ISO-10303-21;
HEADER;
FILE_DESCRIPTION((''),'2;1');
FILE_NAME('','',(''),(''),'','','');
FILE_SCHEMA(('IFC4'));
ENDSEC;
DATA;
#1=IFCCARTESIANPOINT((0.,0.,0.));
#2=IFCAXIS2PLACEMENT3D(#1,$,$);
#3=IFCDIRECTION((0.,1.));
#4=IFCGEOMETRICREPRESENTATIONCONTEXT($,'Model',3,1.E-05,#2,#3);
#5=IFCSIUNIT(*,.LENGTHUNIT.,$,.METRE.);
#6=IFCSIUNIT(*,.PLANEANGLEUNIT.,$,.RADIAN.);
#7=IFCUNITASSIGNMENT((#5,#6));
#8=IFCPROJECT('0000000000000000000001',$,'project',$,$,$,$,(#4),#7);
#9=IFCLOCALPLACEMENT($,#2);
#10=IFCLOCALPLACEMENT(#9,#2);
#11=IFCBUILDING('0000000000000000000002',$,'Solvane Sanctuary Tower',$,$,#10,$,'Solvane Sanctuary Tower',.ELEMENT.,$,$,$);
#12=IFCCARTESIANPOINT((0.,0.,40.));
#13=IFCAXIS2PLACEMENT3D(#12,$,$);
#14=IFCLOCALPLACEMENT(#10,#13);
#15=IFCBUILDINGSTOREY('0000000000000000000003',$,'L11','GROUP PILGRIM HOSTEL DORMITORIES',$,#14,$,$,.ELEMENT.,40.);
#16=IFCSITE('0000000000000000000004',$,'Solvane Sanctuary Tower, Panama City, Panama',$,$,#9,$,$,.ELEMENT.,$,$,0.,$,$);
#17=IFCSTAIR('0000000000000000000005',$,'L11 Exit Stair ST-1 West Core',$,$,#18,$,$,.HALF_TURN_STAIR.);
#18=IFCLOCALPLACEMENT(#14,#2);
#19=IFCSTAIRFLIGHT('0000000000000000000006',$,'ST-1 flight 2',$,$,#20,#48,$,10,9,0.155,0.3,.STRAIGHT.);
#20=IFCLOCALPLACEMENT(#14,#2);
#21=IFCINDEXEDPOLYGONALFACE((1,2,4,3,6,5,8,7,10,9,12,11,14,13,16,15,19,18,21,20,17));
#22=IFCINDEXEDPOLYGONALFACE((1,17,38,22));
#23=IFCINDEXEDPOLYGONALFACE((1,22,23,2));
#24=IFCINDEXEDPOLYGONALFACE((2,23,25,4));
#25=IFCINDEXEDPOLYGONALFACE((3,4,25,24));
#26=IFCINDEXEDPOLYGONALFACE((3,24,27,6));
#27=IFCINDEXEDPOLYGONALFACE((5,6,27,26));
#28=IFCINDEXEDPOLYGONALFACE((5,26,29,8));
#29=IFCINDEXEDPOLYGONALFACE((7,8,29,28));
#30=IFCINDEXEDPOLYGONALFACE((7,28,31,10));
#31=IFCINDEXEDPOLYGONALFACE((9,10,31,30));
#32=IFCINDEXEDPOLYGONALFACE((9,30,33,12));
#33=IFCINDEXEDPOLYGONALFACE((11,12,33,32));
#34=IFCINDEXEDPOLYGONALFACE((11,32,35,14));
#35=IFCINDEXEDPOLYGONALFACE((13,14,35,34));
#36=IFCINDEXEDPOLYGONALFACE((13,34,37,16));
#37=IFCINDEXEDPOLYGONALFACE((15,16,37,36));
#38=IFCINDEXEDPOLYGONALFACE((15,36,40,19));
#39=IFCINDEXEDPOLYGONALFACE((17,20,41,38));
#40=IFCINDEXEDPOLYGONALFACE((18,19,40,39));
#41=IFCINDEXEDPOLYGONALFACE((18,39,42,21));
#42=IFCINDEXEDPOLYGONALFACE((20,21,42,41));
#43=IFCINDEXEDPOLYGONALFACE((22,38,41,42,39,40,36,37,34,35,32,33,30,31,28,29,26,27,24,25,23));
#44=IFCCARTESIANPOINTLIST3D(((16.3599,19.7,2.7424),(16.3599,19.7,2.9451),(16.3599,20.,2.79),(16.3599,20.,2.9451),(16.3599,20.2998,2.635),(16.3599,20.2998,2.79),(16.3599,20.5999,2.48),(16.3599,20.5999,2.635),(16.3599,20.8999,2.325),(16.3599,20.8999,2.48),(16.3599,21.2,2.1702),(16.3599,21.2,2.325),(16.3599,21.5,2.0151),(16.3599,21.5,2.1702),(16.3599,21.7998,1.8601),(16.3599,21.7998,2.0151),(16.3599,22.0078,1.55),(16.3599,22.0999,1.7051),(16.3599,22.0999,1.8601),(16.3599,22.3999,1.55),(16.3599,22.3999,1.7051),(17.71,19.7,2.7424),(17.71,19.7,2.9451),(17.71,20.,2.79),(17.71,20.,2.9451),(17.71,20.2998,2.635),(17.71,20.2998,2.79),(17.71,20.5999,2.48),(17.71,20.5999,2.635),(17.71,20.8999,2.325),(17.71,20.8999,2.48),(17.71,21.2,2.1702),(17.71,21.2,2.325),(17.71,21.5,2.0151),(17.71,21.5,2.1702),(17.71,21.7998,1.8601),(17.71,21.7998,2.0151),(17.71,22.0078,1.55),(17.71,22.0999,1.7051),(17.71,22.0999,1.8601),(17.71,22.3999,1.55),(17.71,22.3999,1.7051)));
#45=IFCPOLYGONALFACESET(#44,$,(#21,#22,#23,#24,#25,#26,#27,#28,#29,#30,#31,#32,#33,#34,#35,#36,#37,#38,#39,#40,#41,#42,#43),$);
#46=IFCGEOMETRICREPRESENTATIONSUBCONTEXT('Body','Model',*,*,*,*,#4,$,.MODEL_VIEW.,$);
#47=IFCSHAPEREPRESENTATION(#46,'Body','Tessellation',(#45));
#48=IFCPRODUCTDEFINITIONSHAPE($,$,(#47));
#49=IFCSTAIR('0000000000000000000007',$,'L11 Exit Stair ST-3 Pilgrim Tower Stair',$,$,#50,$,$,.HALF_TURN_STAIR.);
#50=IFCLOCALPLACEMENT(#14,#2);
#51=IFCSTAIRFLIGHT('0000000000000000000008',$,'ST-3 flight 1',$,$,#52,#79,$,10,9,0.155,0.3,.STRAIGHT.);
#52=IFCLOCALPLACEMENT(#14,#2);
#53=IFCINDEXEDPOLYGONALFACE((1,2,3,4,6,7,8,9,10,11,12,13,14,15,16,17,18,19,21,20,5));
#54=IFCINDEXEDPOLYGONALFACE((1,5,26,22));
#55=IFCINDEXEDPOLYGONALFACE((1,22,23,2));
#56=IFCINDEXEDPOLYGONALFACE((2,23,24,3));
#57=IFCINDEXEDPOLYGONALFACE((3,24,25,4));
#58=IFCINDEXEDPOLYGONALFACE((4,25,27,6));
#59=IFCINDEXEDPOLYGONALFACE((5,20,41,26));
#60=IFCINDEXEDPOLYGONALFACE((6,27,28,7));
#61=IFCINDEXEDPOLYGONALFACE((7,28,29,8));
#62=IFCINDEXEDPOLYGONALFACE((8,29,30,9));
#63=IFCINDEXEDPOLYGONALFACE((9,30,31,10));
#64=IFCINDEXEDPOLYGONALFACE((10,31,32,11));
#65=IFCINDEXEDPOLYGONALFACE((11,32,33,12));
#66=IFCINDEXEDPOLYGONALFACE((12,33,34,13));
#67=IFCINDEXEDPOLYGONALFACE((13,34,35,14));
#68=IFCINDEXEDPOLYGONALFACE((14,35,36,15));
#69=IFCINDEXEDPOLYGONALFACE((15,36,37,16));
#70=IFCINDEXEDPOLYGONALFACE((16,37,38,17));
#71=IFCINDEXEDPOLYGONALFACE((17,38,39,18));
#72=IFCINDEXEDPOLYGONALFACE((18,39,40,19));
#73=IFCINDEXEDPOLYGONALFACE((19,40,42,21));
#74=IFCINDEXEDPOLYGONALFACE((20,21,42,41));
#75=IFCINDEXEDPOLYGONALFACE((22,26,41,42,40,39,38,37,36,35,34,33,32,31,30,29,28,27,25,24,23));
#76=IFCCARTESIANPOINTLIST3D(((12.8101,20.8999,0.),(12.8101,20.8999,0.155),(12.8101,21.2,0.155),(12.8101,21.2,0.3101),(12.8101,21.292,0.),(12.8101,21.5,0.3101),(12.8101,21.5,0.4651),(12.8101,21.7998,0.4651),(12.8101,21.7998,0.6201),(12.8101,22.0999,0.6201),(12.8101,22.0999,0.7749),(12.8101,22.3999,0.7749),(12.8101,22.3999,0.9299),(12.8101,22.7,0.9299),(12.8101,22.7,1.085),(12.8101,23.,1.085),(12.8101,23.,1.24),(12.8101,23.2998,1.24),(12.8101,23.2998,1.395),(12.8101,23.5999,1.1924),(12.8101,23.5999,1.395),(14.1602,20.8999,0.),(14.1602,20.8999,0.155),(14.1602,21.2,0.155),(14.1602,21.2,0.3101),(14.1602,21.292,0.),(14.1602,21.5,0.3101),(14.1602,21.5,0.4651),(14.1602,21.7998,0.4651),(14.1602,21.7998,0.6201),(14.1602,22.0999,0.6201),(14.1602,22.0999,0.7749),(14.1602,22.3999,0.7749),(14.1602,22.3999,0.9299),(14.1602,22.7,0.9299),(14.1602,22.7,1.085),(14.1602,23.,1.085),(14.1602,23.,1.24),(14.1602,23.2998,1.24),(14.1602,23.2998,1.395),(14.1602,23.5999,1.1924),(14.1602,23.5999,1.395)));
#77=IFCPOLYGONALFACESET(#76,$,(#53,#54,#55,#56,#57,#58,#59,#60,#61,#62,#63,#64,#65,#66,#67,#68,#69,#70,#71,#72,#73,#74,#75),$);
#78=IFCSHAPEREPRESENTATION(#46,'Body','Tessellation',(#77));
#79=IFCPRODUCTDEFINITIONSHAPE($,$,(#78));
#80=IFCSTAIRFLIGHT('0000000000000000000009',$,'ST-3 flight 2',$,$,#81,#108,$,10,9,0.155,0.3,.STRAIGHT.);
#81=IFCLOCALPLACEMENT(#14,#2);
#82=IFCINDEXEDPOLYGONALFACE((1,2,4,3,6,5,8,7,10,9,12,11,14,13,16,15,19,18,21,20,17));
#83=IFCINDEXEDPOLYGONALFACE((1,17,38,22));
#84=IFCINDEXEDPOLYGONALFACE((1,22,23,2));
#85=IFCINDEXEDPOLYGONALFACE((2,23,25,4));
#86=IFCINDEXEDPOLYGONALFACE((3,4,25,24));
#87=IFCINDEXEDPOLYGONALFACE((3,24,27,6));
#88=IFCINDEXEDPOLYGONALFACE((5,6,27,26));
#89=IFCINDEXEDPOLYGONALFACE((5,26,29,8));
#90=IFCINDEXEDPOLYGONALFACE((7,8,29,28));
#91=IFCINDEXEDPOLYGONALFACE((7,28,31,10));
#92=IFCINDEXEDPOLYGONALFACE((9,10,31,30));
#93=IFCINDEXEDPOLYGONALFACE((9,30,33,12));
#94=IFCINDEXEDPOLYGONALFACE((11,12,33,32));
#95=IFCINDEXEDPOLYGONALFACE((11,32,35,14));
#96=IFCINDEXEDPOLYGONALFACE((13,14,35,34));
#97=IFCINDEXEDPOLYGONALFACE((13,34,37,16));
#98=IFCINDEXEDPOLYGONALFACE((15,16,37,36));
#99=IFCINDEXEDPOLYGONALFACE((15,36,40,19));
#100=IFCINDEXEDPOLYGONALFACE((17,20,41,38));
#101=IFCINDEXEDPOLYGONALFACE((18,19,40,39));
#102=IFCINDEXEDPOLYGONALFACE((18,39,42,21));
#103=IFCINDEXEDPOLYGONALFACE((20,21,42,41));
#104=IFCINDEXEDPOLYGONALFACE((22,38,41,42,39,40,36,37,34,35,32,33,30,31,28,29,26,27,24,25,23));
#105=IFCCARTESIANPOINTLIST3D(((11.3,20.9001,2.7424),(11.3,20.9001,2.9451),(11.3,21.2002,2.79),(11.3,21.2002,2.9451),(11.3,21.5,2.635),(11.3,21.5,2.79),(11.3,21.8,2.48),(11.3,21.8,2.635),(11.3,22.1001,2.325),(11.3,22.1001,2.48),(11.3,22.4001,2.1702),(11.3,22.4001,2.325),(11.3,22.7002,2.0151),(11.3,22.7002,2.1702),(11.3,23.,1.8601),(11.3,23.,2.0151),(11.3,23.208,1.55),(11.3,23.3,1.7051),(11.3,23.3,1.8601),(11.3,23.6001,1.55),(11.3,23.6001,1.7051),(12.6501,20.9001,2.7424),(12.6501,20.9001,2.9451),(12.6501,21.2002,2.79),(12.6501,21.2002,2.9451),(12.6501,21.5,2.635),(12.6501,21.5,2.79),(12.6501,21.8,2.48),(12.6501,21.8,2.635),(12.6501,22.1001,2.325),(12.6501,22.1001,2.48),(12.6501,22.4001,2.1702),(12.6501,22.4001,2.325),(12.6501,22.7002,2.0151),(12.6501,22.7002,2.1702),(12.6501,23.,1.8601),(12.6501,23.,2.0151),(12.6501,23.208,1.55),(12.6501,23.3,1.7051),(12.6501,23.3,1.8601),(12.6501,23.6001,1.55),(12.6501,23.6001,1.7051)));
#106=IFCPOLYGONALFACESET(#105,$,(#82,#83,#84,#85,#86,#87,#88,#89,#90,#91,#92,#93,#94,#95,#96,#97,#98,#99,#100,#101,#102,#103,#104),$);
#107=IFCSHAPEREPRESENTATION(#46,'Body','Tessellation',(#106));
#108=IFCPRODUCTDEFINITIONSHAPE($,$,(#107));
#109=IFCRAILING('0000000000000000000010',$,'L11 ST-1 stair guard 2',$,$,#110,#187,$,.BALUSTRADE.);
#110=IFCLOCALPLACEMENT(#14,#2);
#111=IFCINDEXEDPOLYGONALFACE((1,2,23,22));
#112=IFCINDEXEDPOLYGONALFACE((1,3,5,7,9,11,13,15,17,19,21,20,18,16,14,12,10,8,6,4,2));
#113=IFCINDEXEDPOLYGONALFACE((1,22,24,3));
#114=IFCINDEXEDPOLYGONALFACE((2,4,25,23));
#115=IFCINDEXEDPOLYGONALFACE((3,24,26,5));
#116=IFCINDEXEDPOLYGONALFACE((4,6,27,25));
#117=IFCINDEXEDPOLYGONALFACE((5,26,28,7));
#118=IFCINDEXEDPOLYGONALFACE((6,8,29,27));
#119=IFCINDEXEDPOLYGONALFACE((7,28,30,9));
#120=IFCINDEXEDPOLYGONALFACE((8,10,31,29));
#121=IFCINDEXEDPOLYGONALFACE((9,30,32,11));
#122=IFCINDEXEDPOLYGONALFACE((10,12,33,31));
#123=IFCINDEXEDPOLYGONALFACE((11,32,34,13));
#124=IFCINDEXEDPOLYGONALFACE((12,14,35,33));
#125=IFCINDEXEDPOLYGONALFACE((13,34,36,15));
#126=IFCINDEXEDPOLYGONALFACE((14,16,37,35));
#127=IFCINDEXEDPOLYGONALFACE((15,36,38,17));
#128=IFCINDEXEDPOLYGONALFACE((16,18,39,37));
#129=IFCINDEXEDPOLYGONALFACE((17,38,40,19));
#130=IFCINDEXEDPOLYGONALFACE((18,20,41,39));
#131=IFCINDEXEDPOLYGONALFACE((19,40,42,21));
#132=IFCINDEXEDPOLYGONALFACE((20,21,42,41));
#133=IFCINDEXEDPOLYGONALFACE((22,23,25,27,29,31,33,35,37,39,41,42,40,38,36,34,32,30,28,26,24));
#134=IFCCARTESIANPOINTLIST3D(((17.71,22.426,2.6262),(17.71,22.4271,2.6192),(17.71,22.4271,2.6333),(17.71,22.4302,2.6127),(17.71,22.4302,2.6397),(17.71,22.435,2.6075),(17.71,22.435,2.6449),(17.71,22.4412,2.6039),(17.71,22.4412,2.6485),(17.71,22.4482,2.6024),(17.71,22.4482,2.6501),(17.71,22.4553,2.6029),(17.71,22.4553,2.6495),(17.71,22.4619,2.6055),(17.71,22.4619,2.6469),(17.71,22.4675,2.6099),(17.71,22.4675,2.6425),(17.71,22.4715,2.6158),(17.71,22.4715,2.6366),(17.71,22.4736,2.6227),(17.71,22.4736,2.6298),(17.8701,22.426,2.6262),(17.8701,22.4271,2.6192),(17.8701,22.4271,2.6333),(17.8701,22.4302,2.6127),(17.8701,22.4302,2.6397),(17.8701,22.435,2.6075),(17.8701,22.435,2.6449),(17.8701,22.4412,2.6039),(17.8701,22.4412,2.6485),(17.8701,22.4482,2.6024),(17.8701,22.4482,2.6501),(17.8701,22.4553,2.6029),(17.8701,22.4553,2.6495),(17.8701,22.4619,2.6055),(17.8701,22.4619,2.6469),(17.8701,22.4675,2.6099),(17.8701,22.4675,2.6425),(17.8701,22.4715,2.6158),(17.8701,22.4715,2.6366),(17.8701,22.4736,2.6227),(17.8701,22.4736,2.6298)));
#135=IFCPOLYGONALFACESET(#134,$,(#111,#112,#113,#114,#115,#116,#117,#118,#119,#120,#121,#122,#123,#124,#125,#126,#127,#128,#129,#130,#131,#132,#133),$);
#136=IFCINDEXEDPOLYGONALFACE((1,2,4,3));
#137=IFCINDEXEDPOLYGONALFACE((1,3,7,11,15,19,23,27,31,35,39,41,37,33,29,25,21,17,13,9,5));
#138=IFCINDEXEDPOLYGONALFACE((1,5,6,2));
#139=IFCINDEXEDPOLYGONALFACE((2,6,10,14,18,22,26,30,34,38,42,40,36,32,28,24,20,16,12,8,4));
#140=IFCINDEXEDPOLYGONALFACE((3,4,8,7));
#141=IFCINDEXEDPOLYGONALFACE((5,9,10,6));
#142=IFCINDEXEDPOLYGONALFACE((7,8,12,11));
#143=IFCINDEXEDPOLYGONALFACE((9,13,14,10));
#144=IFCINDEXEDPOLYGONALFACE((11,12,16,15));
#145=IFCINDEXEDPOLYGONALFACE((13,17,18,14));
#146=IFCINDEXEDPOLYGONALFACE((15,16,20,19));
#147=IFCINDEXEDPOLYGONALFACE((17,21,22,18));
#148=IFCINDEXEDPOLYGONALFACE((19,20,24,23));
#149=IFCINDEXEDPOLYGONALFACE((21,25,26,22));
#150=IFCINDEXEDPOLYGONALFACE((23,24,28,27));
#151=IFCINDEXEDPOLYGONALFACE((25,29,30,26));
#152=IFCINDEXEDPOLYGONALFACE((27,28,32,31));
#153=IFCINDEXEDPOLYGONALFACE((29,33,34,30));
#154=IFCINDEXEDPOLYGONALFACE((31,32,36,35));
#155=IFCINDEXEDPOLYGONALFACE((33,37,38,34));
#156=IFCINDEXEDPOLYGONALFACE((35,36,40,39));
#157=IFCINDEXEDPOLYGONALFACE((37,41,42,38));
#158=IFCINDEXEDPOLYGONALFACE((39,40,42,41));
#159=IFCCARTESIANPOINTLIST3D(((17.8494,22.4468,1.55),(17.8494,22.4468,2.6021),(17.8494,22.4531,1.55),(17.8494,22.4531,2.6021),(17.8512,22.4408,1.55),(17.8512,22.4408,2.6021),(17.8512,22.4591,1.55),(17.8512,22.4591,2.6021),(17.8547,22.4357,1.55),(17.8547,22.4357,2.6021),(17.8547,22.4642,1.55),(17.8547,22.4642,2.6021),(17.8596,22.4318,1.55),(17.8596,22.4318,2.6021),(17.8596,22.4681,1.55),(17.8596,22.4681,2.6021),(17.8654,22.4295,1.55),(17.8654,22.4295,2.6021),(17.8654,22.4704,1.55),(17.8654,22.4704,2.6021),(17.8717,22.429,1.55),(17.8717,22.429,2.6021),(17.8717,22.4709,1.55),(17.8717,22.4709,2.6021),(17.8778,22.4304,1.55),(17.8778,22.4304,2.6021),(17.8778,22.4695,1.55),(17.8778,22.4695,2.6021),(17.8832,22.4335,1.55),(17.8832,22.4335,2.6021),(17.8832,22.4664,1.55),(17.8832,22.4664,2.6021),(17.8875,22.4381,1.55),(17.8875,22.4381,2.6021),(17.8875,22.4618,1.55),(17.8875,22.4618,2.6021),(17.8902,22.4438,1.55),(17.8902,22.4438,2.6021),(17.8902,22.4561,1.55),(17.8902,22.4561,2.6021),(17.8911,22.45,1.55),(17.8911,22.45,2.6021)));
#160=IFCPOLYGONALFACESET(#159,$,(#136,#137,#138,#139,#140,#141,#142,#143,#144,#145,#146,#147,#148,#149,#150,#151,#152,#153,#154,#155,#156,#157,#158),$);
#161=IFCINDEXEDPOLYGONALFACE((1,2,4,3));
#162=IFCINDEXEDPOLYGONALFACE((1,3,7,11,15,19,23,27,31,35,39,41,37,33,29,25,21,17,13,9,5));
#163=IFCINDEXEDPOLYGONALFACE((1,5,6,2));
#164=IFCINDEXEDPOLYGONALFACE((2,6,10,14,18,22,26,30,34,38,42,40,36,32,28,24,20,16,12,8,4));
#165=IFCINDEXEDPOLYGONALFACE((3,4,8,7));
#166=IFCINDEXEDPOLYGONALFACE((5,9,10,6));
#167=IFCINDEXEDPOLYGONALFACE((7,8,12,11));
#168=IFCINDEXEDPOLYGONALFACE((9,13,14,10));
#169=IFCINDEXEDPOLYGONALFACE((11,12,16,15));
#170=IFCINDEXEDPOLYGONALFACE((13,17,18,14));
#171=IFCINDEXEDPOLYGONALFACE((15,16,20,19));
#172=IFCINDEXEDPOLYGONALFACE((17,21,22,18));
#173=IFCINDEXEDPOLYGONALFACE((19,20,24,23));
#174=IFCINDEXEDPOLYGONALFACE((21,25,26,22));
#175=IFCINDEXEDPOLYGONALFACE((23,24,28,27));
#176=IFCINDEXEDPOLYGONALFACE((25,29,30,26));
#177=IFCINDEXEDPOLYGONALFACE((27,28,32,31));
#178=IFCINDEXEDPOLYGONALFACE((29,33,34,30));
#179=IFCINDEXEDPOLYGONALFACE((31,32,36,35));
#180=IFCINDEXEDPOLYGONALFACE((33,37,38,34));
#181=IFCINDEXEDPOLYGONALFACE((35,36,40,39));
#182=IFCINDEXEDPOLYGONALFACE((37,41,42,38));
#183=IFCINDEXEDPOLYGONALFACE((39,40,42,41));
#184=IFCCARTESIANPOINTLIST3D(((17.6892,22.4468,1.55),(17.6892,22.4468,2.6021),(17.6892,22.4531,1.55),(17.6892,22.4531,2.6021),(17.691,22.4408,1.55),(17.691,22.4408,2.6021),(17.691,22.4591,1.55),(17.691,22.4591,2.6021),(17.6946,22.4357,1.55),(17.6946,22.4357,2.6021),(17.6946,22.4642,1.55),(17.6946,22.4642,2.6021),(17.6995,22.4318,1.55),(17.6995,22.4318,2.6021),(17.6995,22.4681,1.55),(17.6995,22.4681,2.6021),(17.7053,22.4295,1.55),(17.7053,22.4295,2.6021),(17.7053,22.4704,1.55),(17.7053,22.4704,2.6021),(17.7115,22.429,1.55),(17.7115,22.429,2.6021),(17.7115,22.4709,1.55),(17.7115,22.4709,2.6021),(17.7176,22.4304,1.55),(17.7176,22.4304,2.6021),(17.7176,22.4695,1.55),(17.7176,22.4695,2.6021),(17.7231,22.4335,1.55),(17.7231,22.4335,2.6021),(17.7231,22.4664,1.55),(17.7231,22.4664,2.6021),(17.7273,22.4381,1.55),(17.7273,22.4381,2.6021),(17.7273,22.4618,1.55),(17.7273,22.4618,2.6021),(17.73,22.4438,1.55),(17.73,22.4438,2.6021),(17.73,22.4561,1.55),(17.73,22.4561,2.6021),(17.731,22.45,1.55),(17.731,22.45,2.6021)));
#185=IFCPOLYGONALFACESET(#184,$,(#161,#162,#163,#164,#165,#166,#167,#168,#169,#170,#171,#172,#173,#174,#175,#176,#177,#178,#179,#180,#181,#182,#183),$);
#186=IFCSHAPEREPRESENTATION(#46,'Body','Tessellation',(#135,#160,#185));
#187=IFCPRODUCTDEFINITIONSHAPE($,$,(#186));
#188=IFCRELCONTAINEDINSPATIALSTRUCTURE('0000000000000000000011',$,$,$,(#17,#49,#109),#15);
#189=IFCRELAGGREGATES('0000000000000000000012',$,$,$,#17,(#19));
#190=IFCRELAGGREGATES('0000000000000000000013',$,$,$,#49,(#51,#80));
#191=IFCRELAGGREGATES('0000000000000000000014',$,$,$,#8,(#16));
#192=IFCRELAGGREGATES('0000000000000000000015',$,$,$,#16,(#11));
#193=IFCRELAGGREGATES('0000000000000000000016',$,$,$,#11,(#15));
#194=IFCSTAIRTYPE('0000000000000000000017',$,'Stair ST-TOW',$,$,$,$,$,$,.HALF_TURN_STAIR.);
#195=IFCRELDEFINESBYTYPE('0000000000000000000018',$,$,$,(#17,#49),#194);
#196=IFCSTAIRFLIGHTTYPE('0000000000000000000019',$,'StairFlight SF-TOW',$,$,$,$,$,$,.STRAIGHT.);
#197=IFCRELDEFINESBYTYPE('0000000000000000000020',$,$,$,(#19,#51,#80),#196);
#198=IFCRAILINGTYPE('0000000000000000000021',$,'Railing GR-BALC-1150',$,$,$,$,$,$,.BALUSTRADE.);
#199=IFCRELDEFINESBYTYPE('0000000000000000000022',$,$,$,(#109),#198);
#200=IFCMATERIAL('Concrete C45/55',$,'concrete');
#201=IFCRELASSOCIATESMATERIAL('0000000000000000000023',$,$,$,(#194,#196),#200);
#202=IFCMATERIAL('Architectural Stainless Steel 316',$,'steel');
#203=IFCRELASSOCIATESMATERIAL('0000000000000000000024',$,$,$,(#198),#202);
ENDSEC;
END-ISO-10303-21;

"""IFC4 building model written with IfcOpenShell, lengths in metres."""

from ifc_helpers import new_model, si_unit, direction, frame, origin, origin_2d, place, context, subcontext, project, spatial, polyline, circle, outline, extrude, material, type_object, element, aggregate, save


model = new_model("IFC4")

# Units and contexts
model_context = context("Model", 3, precision=1e-05, world=origin(), true_north=direction((0.0, 1.0)))
body_context = subcontext(model_context, "Body", "Model", "MODEL_VIEW")
ifc_project = project(units=[si_unit("LENGTHUNIT", "METRE"), si_unit("PLANEANGLEUNIT", "RADIAN")], contexts=[model_context])

# Site, building, storey
site_placement = place(None, origin())
site = spatial("IfcSite", under=ifc_project, at=site_placement, Name="Solvane Sanctuary Tower, Panama City, Panama", CompositionType="ELEMENT", RefElevation=0.0)
building_placement = place(site_placement, origin())
building = spatial("IfcBuilding", under=site, at=building_placement, Name="Solvane Sanctuary Tower", LongName="Solvane Sanctuary Tower", CompositionType="ELEMENT")
storey_placement = place(building_placement, frame((0.0, 0.0, 40.0)))
storey = spatial("IfcBuildingStorey", under=building, at=storey_placement, Name="L11", Description="GROUP PILGRIM HOSTEL DORMITORIES", CompositionType="ELEMENT", Elevation=40.0)

# Stairs, stair flights
ifc_material_1 = material(Name="Concrete C45/55", Category="concrete")
stair_type = type_object("IfcStairType", Name="Stair ST-TOW", PredefinedType="HALF_TURN_STAIR", material=ifc_material_1)
stair_1_placement = place(storey_placement, origin())
stair_1 = element("IfcStair", 1, at=stair_1_placement, inside=storey, type_object=stair_type, Name="L11 Exit Stair ST-1 West Core", PredefinedType="HALF_TURN_STAIR")
stair_flight_type = type_object("IfcStairFlightType", Name="StairFlight SF-TOW", PredefinedType="STRAIGHT", material=ifc_material_1)
stair_flight_1_placement = place(storey_placement, frame((17.0349, 22.3999, 1.55), z_axis=(0.0, 0.0, 1.0), x_axis=(0.0, -1.0, 0.0)))
stair_flight_1 = element("IfcStairFlight", 2, at=stair_flight_1_placement, type_object=stair_flight_type, Name="ST-1 flight 2", NumberOfRisers=10, NumberOfTreads=9, PredefinedType="STRAIGHT", RiserHeight=0.155, TreadLength=0.3, context=body_context, shape_type="SweptSolid", body=[
    extrude(outline(polyline([(0.0, 0.0), (0.0, 0.155), (0.3, 0.155), (0.3, 0.3101), (0.6001, 0.3101), (0.6001, 0.4651), (0.8999, 0.4651), (0.8999, 0.6201), (1.2, 0.6201), (1.2, 0.7749), (1.5, 0.7749), (1.5, 0.9299), (1.8, 0.9299), (1.8, 1.085), (2.1001, 1.085), (2.1001, 1.24), (2.3999, 1.24), (2.3999, 1.395), (2.7, 1.395), (2.7, 1.55), (2.7, 1.1924), (0.3921, 0.0), (0.0, 0.0)])), frame((0.0, 0.675, 0.0), z_axis=(0.0, -1.0, 0.0), x_axis=(1.0, 0.0, 0.0)), (0.0, 0.0, 1.0), 1.3501),
])
aggregate(stair_1, [stair_flight_1])
stair_2_placement = place(storey_placement, origin())
stair_2 = element("IfcStair", 3, at=stair_2_placement, inside=storey, type_object=stair_type, Name="L11 Exit Stair ST-3 Pilgrim Tower Stair", PredefinedType="HALF_TURN_STAIR")
stair_flight_2_placement = place(storey_placement, frame((13.4851, 20.8999, 0.0), z_axis=(0.0, 0.0, 1.0), x_axis=(0.0, 1.0, 0.0)))
stair_flight_2 = element("IfcStairFlight", 4, at=stair_flight_2_placement, type_object=stair_flight_type, Name="ST-3 flight 1", NumberOfRisers=10, NumberOfTreads=9, PredefinedType="STRAIGHT", RiserHeight=0.155, TreadLength=0.3, context=body_context, shape_type="SweptSolid", body=[
    extrude(outline(polyline([(0.0, 0.0), (0.0, 0.155), (0.3, 0.155), (0.3, 0.3101), (0.6001, 0.3101), (0.6001, 0.4651), (0.8999, 0.4651), (0.8999, 0.6201), (1.2, 0.6201), (1.2, 0.7749), (1.5, 0.7749), (1.5, 0.9299), (1.8, 0.9299), (1.8, 1.085), (2.1001, 1.085), (2.1001, 1.24), (2.3999, 1.24), (2.3999, 1.395), (2.7, 1.395), (2.7, 1.55), (2.7, 1.1924), (0.3921, 0.0), (0.0, 0.0)])), frame((0.0, 0.675, 0.0), z_axis=(0.0, -1.0, 0.0), x_axis=(1.0, 0.0, 0.0)), (0.0, 0.0, 1.0), 1.3501),
])
stair_flight_3_placement = place(storey_placement, frame((11.9751, 23.6001, 1.55), z_axis=(0.0, 0.0, 1.0), x_axis=(0.0, -1.0, 0.0)))
stair_flight_3 = element("IfcStairFlight", 5, at=stair_flight_3_placement, type_object=stair_flight_type, Name="ST-3 flight 2", NumberOfRisers=10, NumberOfTreads=9, PredefinedType="STRAIGHT", RiserHeight=0.155, TreadLength=0.3, context=body_context, shape_type="SweptSolid", body=[
    extrude(outline(polyline([(0.0, 0.0), (0.0, 0.155), (0.3, 0.155), (0.3, 0.3101), (0.6001, 0.3101), (0.6001, 0.4651), (0.8999, 0.4651), (0.8999, 0.6201), (1.2, 0.6201), (1.2, 0.7749), (1.5, 0.7749), (1.5, 0.9299), (1.8, 0.9299), (1.8, 1.085), (2.1001, 1.085), (2.1001, 1.24), (2.3999, 1.24), (2.3999, 1.395), (2.7, 1.395), (2.7, 1.55), (2.7, 1.1924), (0.3921, 0.0), (0.0, 0.0)])), frame((0.0, 0.675, 0.0), z_axis=(0.0, -1.0, 0.0), x_axis=(1.0, 0.0, 0.0)), (0.0, 0.0, 1.0), 1.3501),
])
aggregate(stair_2, [stair_flight_2, stair_flight_3])

# Railing
ifc_material_2 = material(Name="Architectural Stainless Steel 316", Category="steel")
railing_type_1 = type_object("IfcRailingType", Name="Railing GR-BALC-1150", PredefinedType="BALUSTRADE", material=ifc_material_2)
railing_1_placement = place(storey_placement, frame((17.8701, 22.45, 1.55)))
element("IfcRailing", 6, at=railing_1_placement, inside=storey, type_object=railing_type_1, Name="L11 ST-1 stair guard 2", PredefinedType="BALUSTRADE", context=body_context, shape_type="SweptSolid", body=[
    extrude(circle(Radius=0.0239, at=origin_2d()), frame((0.0, 0.0, 1.0762), z_axis=(-1.0, 0.0, 0.0), x_axis=(0.0, -1.0, 0.0)), (0.0, 0.0, 1.0), 0.1602),
    extrude(circle(Radius=0.021, at=origin_2d()), origin(), (0.0, 0.0, 1.0), 1.052),
    extrude(circle(Radius=0.021, at=origin_2d()), frame((-0.1602, 0.0, 0.0)), (0.0, 0.0, 1.0), 1.052),
])

save(model, "model.ifc")
